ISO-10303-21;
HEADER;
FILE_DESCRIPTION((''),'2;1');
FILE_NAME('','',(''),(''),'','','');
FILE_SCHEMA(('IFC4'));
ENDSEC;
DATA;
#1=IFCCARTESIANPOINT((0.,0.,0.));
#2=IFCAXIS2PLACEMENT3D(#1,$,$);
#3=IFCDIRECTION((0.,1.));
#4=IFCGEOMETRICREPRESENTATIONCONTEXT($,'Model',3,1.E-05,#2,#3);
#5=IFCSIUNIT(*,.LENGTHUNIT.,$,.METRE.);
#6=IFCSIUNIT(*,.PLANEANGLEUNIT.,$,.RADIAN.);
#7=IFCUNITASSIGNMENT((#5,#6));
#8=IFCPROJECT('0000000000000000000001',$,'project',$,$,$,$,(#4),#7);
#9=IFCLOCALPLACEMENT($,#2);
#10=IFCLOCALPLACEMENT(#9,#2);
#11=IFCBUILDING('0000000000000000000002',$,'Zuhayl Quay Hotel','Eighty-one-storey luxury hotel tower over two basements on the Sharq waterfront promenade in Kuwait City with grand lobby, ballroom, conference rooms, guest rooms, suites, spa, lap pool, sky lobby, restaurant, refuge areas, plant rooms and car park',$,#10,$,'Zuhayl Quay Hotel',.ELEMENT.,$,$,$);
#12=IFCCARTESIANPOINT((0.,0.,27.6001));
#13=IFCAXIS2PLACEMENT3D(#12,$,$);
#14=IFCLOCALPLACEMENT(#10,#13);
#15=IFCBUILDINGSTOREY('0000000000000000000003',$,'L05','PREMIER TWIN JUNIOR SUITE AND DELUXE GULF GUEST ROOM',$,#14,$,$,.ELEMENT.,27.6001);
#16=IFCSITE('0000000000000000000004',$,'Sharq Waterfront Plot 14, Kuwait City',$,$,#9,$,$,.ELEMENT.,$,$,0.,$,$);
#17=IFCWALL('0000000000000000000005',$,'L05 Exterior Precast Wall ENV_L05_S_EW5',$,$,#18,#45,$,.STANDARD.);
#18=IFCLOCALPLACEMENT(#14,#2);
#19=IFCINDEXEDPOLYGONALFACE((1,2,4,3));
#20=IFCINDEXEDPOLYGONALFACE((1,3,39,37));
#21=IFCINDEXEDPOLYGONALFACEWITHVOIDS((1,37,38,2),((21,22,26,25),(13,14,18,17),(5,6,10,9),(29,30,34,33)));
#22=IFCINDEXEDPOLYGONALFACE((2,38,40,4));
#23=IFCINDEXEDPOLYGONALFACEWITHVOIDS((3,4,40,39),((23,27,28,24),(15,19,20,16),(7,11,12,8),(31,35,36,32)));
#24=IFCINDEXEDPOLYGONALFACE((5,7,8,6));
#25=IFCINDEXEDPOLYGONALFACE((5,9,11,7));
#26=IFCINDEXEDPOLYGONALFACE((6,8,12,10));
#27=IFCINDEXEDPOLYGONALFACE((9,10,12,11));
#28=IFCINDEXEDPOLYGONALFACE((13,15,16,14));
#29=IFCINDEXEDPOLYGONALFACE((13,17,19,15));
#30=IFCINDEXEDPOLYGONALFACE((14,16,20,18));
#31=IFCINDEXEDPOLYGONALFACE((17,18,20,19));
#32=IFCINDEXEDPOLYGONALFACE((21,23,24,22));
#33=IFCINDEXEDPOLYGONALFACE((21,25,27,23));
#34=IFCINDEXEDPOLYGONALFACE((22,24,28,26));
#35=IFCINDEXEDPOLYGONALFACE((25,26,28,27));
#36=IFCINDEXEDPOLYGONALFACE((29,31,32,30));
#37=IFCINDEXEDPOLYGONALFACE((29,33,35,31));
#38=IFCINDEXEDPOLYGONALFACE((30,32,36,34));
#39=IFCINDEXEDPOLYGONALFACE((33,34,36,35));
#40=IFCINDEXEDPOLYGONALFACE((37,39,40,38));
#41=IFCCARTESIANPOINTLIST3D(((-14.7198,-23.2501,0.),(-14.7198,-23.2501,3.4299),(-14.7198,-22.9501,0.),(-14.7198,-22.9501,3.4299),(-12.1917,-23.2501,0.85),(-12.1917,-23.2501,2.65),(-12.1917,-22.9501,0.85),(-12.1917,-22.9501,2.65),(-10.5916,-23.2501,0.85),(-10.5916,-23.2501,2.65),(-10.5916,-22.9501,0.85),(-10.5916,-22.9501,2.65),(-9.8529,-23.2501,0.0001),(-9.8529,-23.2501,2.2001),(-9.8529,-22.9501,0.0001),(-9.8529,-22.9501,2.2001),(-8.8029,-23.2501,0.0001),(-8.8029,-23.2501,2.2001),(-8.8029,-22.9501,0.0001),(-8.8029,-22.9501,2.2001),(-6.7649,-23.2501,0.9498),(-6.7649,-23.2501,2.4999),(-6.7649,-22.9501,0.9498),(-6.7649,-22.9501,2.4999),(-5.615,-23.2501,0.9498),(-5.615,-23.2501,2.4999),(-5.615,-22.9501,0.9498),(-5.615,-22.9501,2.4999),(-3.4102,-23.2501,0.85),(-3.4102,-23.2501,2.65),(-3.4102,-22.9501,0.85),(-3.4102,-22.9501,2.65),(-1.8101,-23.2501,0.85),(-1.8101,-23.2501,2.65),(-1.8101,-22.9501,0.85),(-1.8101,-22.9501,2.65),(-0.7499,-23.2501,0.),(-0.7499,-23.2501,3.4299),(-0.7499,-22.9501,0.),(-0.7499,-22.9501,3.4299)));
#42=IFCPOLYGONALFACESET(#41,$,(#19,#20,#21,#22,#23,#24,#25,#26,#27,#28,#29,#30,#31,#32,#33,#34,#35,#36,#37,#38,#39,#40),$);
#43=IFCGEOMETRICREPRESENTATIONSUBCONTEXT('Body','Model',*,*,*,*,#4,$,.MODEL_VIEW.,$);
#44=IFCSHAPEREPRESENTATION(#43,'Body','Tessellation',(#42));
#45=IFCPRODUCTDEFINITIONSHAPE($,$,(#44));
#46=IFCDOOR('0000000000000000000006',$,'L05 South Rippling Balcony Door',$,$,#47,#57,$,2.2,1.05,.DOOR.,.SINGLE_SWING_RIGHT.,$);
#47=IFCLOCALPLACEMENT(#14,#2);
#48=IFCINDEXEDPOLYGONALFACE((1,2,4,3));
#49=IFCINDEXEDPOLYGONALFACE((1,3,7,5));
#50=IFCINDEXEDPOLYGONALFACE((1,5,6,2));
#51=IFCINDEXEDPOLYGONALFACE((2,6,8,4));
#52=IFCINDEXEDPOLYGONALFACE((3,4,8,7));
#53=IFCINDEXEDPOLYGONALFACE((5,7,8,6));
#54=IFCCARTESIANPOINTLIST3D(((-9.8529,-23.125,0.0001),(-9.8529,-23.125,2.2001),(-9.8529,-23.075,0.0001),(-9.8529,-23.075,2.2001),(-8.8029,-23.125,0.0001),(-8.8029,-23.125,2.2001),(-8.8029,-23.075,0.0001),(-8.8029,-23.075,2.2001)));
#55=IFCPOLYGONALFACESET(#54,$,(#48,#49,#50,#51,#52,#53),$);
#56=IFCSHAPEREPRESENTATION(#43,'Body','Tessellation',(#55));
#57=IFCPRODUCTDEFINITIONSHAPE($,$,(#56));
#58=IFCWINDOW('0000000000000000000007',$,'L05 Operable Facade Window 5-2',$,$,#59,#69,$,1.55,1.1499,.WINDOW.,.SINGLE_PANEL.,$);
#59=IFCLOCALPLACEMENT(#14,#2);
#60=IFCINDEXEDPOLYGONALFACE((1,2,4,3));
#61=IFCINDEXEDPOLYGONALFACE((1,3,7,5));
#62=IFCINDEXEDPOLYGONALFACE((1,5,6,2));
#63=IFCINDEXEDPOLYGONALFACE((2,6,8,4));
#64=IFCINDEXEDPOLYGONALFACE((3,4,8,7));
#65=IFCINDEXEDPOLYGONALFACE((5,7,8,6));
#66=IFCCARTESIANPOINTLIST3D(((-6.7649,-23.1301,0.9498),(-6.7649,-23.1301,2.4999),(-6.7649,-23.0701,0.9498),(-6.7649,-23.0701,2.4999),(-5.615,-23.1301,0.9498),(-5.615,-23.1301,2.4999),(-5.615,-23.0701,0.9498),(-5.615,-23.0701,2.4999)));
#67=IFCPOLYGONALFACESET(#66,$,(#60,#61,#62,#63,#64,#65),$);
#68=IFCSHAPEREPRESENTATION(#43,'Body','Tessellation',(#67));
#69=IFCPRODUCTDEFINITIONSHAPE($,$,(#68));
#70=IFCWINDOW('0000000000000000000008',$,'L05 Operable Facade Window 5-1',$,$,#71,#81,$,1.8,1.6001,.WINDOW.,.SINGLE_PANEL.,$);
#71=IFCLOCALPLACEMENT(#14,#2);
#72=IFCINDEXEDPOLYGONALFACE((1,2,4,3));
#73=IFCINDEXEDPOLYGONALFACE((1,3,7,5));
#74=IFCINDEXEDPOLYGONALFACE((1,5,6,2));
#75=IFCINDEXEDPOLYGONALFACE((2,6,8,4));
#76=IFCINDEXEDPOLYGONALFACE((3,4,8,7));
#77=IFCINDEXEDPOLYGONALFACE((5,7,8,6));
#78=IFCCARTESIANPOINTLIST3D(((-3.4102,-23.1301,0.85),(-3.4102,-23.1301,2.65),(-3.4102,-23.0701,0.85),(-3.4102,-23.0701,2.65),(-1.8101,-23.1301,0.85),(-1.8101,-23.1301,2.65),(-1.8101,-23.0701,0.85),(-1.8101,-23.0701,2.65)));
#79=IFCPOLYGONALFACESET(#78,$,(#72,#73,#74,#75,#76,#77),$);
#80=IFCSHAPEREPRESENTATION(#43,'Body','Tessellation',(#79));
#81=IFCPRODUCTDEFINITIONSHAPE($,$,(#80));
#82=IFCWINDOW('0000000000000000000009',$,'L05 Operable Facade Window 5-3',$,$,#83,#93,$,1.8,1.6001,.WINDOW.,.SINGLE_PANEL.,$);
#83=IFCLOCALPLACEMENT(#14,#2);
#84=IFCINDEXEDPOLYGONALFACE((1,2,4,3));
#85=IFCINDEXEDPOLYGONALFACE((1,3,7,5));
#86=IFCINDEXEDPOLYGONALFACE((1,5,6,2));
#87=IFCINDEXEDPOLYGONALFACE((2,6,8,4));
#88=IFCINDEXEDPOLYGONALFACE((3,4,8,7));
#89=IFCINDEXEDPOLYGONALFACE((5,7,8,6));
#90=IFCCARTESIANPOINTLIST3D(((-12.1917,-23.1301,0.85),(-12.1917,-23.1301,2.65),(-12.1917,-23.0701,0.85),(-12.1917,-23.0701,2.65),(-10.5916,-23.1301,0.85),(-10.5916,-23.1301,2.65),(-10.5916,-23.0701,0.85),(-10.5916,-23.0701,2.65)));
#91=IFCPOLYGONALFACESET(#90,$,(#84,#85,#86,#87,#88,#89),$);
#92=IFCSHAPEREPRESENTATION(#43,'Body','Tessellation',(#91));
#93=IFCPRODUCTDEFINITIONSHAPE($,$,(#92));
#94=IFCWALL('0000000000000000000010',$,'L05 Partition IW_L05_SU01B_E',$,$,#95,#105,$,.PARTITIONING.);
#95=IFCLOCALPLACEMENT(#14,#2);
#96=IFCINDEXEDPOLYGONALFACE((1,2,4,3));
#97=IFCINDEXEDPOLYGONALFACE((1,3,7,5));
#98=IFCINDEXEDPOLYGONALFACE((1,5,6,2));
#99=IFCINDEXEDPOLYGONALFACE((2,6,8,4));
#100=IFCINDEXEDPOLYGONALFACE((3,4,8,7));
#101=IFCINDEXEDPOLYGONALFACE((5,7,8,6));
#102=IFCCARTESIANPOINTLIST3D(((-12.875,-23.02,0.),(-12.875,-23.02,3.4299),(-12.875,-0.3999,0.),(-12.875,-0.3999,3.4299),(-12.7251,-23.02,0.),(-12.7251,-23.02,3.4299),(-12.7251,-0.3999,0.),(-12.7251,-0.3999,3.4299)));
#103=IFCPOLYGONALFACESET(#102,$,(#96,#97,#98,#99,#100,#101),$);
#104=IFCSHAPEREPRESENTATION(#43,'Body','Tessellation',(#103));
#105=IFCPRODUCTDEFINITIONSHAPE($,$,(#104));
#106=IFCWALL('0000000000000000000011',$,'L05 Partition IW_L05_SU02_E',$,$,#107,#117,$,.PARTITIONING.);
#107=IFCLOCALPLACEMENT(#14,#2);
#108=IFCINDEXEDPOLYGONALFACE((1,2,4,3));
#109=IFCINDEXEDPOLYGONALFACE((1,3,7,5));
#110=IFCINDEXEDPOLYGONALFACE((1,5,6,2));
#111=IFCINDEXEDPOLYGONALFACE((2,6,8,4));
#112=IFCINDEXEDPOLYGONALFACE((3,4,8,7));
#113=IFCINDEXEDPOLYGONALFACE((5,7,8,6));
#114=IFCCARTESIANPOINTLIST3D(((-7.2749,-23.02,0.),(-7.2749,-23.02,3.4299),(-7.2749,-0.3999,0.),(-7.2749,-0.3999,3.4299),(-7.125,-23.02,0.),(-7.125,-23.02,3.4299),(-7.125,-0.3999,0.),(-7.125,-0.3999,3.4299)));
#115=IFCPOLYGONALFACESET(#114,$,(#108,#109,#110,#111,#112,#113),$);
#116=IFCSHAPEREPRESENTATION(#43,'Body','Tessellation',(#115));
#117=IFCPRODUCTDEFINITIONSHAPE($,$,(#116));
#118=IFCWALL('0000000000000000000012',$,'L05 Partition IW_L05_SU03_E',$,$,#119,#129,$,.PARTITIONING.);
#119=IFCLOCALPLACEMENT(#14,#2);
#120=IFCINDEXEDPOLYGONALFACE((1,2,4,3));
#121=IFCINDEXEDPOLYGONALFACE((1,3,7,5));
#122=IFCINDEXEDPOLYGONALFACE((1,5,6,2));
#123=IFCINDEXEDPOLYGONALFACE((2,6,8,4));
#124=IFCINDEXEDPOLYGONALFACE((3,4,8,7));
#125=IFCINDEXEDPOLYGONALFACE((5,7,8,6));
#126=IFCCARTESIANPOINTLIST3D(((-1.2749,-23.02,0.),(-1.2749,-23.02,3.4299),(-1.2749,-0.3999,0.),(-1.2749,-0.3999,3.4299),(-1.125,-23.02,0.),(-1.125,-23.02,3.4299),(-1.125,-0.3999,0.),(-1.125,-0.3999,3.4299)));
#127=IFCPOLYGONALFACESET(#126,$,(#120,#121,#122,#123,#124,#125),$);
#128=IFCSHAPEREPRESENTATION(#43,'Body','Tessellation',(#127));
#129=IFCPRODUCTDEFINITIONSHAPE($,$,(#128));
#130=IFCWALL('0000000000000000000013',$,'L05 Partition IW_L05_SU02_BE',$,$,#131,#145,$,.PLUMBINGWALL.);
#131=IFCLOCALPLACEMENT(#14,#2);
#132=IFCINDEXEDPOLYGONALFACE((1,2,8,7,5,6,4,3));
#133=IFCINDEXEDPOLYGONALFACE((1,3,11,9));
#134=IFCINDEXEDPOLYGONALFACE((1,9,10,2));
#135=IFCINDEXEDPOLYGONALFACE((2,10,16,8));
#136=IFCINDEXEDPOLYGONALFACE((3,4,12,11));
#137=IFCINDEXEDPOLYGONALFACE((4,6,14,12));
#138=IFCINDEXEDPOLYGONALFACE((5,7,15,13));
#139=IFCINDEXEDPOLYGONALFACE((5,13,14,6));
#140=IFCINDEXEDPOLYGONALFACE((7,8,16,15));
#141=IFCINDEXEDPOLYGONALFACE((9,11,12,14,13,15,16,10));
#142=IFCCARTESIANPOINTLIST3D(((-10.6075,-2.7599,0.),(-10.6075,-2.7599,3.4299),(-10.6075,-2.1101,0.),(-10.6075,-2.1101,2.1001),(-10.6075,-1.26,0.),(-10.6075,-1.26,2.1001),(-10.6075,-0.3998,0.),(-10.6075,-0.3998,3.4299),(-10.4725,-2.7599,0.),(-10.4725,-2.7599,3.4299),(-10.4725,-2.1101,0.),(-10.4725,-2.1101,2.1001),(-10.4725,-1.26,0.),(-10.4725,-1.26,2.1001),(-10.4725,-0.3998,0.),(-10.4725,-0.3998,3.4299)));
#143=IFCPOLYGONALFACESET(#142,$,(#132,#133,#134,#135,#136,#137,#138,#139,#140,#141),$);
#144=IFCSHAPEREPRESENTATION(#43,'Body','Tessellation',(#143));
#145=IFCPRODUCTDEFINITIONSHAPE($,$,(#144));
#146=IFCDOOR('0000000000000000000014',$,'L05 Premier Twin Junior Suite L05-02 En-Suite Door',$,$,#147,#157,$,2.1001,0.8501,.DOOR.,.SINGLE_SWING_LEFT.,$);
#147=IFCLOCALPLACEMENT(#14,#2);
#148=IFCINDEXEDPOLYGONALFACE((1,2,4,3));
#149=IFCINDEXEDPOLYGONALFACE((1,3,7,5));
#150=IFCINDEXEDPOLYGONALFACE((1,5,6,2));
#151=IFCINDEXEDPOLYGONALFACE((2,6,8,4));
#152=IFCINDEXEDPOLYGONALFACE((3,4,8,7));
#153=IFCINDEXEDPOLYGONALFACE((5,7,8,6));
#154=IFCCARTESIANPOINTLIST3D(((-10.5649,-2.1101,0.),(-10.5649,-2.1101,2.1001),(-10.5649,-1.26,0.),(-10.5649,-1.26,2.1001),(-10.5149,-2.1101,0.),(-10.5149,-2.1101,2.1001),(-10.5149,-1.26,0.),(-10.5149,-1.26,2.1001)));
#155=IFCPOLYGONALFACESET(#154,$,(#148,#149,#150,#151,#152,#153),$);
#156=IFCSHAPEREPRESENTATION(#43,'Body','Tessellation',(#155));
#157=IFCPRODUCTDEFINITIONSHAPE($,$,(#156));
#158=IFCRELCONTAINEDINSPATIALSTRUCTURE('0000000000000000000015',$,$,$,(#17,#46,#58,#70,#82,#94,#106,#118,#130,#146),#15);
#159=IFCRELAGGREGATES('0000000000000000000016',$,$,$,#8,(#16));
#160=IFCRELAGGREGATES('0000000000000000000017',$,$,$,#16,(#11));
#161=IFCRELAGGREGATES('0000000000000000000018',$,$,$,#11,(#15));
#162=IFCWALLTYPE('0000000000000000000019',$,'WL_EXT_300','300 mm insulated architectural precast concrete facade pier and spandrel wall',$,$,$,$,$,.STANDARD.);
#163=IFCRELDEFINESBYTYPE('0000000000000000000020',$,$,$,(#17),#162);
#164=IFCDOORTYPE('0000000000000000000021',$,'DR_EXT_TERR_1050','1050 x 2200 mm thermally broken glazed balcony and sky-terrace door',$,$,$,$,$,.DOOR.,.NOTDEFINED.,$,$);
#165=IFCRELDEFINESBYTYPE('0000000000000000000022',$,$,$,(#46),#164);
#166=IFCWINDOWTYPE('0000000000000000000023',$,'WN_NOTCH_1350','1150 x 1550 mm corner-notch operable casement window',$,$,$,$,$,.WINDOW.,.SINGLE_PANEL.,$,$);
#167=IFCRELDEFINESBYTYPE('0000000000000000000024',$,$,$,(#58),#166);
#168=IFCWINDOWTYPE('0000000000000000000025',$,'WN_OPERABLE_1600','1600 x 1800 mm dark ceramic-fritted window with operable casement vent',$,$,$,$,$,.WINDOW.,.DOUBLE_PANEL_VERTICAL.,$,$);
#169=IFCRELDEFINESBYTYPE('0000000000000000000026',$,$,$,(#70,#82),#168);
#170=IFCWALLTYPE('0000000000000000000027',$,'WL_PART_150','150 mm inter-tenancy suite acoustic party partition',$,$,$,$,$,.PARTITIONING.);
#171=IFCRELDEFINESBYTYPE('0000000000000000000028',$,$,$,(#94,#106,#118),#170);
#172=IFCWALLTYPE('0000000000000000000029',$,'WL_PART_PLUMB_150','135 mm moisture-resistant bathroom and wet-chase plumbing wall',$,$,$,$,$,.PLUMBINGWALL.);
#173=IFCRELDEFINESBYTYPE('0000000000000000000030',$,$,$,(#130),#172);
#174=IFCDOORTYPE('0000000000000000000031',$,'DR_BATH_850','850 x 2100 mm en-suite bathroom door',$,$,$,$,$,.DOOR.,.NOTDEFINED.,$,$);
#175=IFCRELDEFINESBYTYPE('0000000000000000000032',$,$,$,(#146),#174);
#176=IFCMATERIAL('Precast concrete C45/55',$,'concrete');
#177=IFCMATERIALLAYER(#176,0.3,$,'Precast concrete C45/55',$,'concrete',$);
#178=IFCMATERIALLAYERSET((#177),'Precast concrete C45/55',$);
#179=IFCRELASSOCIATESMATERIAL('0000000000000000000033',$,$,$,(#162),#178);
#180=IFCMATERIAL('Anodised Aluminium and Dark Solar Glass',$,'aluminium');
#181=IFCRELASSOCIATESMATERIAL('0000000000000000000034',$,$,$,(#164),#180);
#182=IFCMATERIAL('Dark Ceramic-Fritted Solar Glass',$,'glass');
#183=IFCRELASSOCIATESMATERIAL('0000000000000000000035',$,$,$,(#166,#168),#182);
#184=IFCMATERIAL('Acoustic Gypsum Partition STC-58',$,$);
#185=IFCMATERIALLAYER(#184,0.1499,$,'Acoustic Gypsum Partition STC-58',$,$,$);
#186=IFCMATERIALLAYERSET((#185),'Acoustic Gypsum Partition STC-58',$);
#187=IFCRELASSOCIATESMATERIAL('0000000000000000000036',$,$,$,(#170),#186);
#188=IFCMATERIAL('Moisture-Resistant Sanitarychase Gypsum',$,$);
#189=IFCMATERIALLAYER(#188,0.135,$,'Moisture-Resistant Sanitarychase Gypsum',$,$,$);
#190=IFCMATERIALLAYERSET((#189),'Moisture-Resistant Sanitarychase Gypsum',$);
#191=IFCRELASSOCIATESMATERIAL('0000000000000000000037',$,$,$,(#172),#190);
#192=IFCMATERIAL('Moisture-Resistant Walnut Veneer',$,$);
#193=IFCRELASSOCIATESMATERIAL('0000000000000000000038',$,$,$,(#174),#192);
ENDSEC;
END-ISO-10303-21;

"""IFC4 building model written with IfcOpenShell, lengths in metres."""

from ifc_helpers import new_model, si_unit, direction, frame, frame_2d, origin, place, context, subcontext, project, spatial, rectangle, extrude, material, layer, layer_set, type_object, element, fill, save


model = new_model("IFC4")

# Units and contexts
model_context = context("Model", 3, precision=1e-05, world=origin(), true_north=direction((0.0, 1.0)))
body_context = subcontext(model_context, "Body", "Model", "MODEL_VIEW")
ifc_project = project(units=[si_unit("LENGTHUNIT", "METRE"), si_unit("PLANEANGLEUNIT", "RADIAN")], contexts=[model_context])

# Site, building, storey
site_placement = place(None, origin())
site = spatial("IfcSite", under=ifc_project, at=site_placement, Name="Sharq Waterfront Plot 14, Kuwait City", CompositionType="ELEMENT", RefElevation=0.0)
building_placement = place(site_placement, origin())
building = spatial("IfcBuilding", under=site, at=building_placement, Name="Zuhayl Quay Hotel", Description="Eighty-one-storey luxury hotel tower over two basements on the Sharq waterfront promenade in Kuwait City with grand lobby, ballroom, conference rooms, guest rooms, suites, spa, lap pool, sky lobby, restaurant, refuge areas, plant rooms and car park", LongName="Zuhayl Quay Hotel", CompositionType="ELEMENT")
storey_placement = place(building_placement, frame((0.0, 0.0, 27.6001)))
storey = spatial("IfcBuildingStorey", under=building, at=storey_placement, Name="L05", Description="PREMIER TWIN JUNIOR SUITE AND DELUXE GULF GUEST ROOM", CompositionType="ELEMENT", Elevation=27.6001)

# Wall, openings, door, windows
ifc_material_1 = material(Name="Precast concrete C45/55", Category="concrete")
ifc_layer_1 = layer(ifc_material_1, 0.3, Name="Precast concrete C45/55", Category="concrete")
ifc_layer_set_1 = layer_set([ifc_layer_1], Name="Precast concrete C45/55")
wall_type_1 = type_object("IfcWallType", Name="WL_EXT_300", Description="300 mm insulated architectural precast concrete facade pier and spandrel wall", PredefinedType="STANDARD", material=ifc_layer_set_1)
wall_1_placement = place(storey_placement, frame((-0.75, -23.1001, 0.0), z_axis=(0.0, 0.0, 1.0), x_axis=(-1.0, 0.0, 0.0)))
wall_1 = element("IfcWall", 1, at=wall_1_placement, inside=storey, type_object=wall_type_1, Name="L05 Exterior Precast Wall ENV_L05_S_EW5", PredefinedType="STANDARD", context=body_context, shape_type="SweptSolid", body=[
    extrude(rectangle(XDim=13.97, YDim=0.3, at=frame_2d((6.9849, 0.0))), origin(), (0.0, 0.0, 1.0), 3.4299),
])
opening_1_placement = place(wall_1_placement, frame((8.053, 0.0, 0.0)))
opening_1 = element("IfcOpeningElement", 2, at=opening_1_placement, cuts=wall_1, PredefinedType="OPENING", context=body_context, shape_type="SweptSolid", body=[
    extrude(rectangle(XDim=1.05, YDim=2.2, at=frame_2d((0.5249, 1.1001))), frame((0.0, 0.1599, 0.0), z_axis=(0.0, -1.0, 0.0), x_axis=(1.0, 0.0, 0.0)), (0.0, 0.0, 1.0), 0.3201),
])
opening_2_placement = place(wall_1_placement, frame((1.0601, 0.0, 0.8501)))
opening_2 = element("IfcOpeningElement", 3, at=opening_2_placement, cuts=wall_1, PredefinedType="OPENING", context=body_context, shape_type="SweptSolid", body=[
    extrude(rectangle(XDim=1.6001, YDim=1.8, at=frame_2d((0.8, 0.8999))), frame((0.0, 0.1599, 0.0), z_axis=(0.0, -1.0, 0.0), x_axis=(1.0, 0.0, 0.0)), (0.0, 0.0, 1.0), 0.3201),
])
opening_3_placement = place(wall_1_placement, frame((4.865, 0.0, 0.95)))
opening_3 = element("IfcOpeningElement", 4, at=opening_3_placement, cuts=wall_1, PredefinedType="OPENING", context=body_context, shape_type="SweptSolid", body=[
    extrude(rectangle(XDim=1.1499, YDim=1.55, at=frame_2d((0.575, 0.7749))), frame((0.0, 0.1599, 0.0), z_axis=(0.0, -1.0, 0.0), x_axis=(1.0, 0.0, 0.0)), (0.0, 0.0, 1.0), 0.3201),
])
opening_4_placement = place(wall_1_placement, frame((9.8416, 0.0, 0.8501)))
opening_4 = element("IfcOpeningElement", 5, at=opening_4_placement, cuts=wall_1, PredefinedType="OPENING", context=body_context, shape_type="SweptSolid", body=[
    extrude(rectangle(XDim=1.6001, YDim=1.8, at=frame_2d((0.8, 0.8999))), frame((0.0, 0.1599, 0.0), z_axis=(0.0, -1.0, 0.0), x_axis=(1.0, 0.0, 0.0)), (0.0, 0.0, 1.0), 0.3201),
])
ifc_material_2 = material(Name="Anodised Aluminium and Dark Solar Glass", Category="aluminium")
door_type_1 = type_object("IfcDoorType", Name="DR_EXT_TERR_1050", Description="1050 x 2200 mm thermally broken glazed balcony and sky-terrace door", OperationType="NOTDEFINED", PredefinedType="DOOR", material=ifc_material_2)
door_1_placement = place(opening_1_placement, origin())
door_1 = element("IfcDoor", 6, at=door_1_placement, inside=storey, type_object=door_type_1, Name="L05 South Rippling Balcony Door", OperationType="SINGLE_SWING_RIGHT", OverallHeight=2.2, OverallWidth=1.05, PredefinedType="DOOR", context=body_context, shape_type="SweptSolid", body=[
    extrude(rectangle(XDim=1.05, YDim=2.2, at=frame_2d((0.5249, 1.1001))), frame((0.0, 0.0249, 0.0), z_axis=(0.0, -1.0, 0.0), x_axis=(1.0, 0.0, 0.0)), (0.0, 0.0, 1.0), 0.05),
])
fill(opening_1, door_1)
ifc_material_3 = material(Name="Dark Ceramic-Fritted Solar Glass", Category="glass")
window_type_1 = type_object("IfcWindowType", Name="WN_NOTCH_1350", Description="1150 x 1550 mm corner-notch operable casement window", PartitioningType="SINGLE_PANEL", PredefinedType="WINDOW", material=ifc_material_3)
window_1_placement = place(opening_3_placement, origin())
window_1 = element("IfcWindow", 7, at=window_1_placement, inside=storey, type_object=window_type_1, Name="L05 Operable Facade Window 5-2", OverallHeight=1.55, OverallWidth=1.1499, PartitioningType="SINGLE_PANEL", PredefinedType="WINDOW", context=body_context, shape_type="SweptSolid", body=[
    extrude(rectangle(XDim=1.1499, YDim=1.55, at=frame_2d((0.575, 0.7749))), frame((0.0, 0.03, 0.0), z_axis=(0.0, -1.0, 0.0), x_axis=(1.0, 0.0, 0.0)), (0.0, 0.0, 1.0), 0.0601),
])
fill(opening_3, window_1)
window_type_2 = type_object("IfcWindowType", Name="WN_OPERABLE_1600", Description="1600 x 1800 mm dark ceramic-fritted window with operable casement vent", PartitioningType="DOUBLE_PANEL_VERTICAL", PredefinedType="WINDOW", material=ifc_material_3)
window_2_placement = place(opening_2_placement, origin())
window_2 = element("IfcWindow", 8, at=window_2_placement, inside=storey, type_object=window_type_2, Name="L05 Operable Facade Window 5-1", OverallHeight=1.8, OverallWidth=1.6001, PartitioningType="SINGLE_PANEL", PredefinedType="WINDOW", context=body_context, shape_type="SweptSolid", body=[
    extrude(rectangle(XDim=1.6001, YDim=1.8, at=frame_2d((0.8, 0.8999))), frame((0.0, 0.03, 0.0), z_axis=(0.0, -1.0, 0.0), x_axis=(1.0, 0.0, 0.0)), (0.0, 0.0, 1.0), 0.0601),
])
fill(opening_2, window_2)
window_3_placement = place(opening_4_placement, origin())
window_3 = element("IfcWindow", 9, at=window_3_placement, inside=storey, type_object=window_type_2, Name="L05 Operable Facade Window 5-3", OverallHeight=1.8, OverallWidth=1.6001, PartitioningType="SINGLE_PANEL", PredefinedType="WINDOW", context=body_context, shape_type="SweptSolid", body=[
    extrude(rectangle(XDim=1.6001, YDim=1.8, at=frame_2d((0.8, 0.8999))), frame((0.0, 0.03, 0.0), z_axis=(0.0, -1.0, 0.0), x_axis=(1.0, 0.0, 0.0)), (0.0, 0.0, 1.0), 0.0601),
])
fill(opening_4, window_3)

# Walls
ifc_material_4 = material(Name="Acoustic Gypsum Partition STC-58")
ifc_layer_2 = layer(ifc_material_4, 0.1499, Name="Acoustic Gypsum Partition STC-58")
ifc_layer_set_2 = layer_set([ifc_layer_2], Name="Acoustic Gypsum Partition STC-58")
wall_type_2 = type_object("IfcWallType", Name="WL_PART_150", Description="150 mm inter-tenancy suite acoustic party partition", PredefinedType="PARTITIONING", material=ifc_layer_set_2)
for number, where, z_axis, x_axis, name in (
    (10, (-12.8, -23.02, 0.0), (0.0, 0.0, 1.0), (0.0, 1.0, 0.0), "L05 Partition IW_L05_SU01B_E"),
    (11, (-7.2, -23.02, 0.0), (0.0, 0.0, 1.0), (0.0, 1.0, 0.0), "L05 Partition IW_L05_SU02_E"),
    (12, (-1.2, -23.02, 0.0), (0.0, 0.0, 1.0), (0.0, 1.0, 0.0), "L05 Partition IW_L05_SU03_E"),
):
    element("IfcWall", number, at=place(storey_placement, frame(where, z_axis=z_axis, x_axis=x_axis)), inside=storey, type_object=wall_type_2, Name=name, PredefinedType="PARTITIONING", context=body_context, shape_type="SweptSolid", body=[
        extrude(rectangle(XDim=22.6201, YDim=0.1499, at=frame_2d((11.3101, 0.0))), origin(), (0.0, 0.0, 1.0), 3.4299),
    ])

# Wall, opening, door
ifc_material_5 = material(Name="Moisture-Resistant Sanitarychase Gypsum")
ifc_layer_3 = layer(ifc_material_5, 0.135, Name="Moisture-Resistant Sanitarychase Gypsum")
ifc_layer_set_3 = layer_set([ifc_layer_3], Name="Moisture-Resistant Sanitarychase Gypsum")
wall_type_3 = type_object("IfcWallType", Name="WL_PART_PLUMB_150", Description="135 mm moisture-resistant bathroom and wet-chase plumbing wall", PredefinedType="PLUMBINGWALL", material=ifc_layer_set_3)
wall_2_placement = place(storey_placement, frame((-10.54, -2.76, 0.0), z_axis=(0.0, 0.0, 1.0), x_axis=(0.0, 1.0, 0.0)))
wall_2 = element("IfcWall", 13, at=wall_2_placement, inside=storey, type_object=wall_type_3, Name="L05 Partition IW_L05_SU02_BE", PredefinedType="PLUMBINGWALL", context=body_context, shape_type="SweptSolid", body=[
    extrude(rectangle(XDim=2.3601, YDim=0.135, at=frame_2d((1.1802, 0.0))), origin(), (0.0, 0.0, 1.0), 3.4299),
])
opening_5_placement = place(wall_2_placement, frame((0.6499, 0.0, 0.0)))
opening_5 = element("IfcOpeningElement", 14, at=opening_5_placement, cuts=wall_2, PredefinedType="OPENING", context=body_context, shape_type="SweptSolid", body=[
    extrude(rectangle(XDim=0.8501, YDim=2.1001, at=frame_2d((0.425, 1.05))), frame((0.0, 0.0774, 0.0), z_axis=(0.0, -1.0, 0.0), x_axis=(1.0, 0.0, 0.0)), (0.0, 0.0, 1.0), 0.155),
])
ifc_material_6 = material(Name="Moisture-Resistant Walnut Veneer")
door_type_2 = type_object("IfcDoorType", Name="DR_BATH_850", Description="850 x 2100 mm en-suite bathroom door", OperationType="NOTDEFINED", PredefinedType="DOOR", material=ifc_material_6)
door_2_placement = place(opening_5_placement, origin())
door_2 = element("IfcDoor", 15, at=door_2_placement, inside=storey, type_object=door_type_2, Name="L05 Premier Twin Junior Suite L05-02 En-Suite Door", OperationType="SINGLE_SWING_LEFT", OverallHeight=2.1001, OverallWidth=0.8501, PredefinedType="DOOR", context=body_context, shape_type="SweptSolid", body=[
    extrude(rectangle(XDim=0.8501, YDim=2.1001, at=frame_2d((0.425, 1.05))), frame((0.0, 0.0249, 0.0), z_axis=(0.0, -1.0, 0.0), x_axis=(1.0, 0.0, 0.0)), (0.0, 0.0, 1.0), 0.05),
])
fill(opening_5, door_2)

save(model, "model.ifc")
